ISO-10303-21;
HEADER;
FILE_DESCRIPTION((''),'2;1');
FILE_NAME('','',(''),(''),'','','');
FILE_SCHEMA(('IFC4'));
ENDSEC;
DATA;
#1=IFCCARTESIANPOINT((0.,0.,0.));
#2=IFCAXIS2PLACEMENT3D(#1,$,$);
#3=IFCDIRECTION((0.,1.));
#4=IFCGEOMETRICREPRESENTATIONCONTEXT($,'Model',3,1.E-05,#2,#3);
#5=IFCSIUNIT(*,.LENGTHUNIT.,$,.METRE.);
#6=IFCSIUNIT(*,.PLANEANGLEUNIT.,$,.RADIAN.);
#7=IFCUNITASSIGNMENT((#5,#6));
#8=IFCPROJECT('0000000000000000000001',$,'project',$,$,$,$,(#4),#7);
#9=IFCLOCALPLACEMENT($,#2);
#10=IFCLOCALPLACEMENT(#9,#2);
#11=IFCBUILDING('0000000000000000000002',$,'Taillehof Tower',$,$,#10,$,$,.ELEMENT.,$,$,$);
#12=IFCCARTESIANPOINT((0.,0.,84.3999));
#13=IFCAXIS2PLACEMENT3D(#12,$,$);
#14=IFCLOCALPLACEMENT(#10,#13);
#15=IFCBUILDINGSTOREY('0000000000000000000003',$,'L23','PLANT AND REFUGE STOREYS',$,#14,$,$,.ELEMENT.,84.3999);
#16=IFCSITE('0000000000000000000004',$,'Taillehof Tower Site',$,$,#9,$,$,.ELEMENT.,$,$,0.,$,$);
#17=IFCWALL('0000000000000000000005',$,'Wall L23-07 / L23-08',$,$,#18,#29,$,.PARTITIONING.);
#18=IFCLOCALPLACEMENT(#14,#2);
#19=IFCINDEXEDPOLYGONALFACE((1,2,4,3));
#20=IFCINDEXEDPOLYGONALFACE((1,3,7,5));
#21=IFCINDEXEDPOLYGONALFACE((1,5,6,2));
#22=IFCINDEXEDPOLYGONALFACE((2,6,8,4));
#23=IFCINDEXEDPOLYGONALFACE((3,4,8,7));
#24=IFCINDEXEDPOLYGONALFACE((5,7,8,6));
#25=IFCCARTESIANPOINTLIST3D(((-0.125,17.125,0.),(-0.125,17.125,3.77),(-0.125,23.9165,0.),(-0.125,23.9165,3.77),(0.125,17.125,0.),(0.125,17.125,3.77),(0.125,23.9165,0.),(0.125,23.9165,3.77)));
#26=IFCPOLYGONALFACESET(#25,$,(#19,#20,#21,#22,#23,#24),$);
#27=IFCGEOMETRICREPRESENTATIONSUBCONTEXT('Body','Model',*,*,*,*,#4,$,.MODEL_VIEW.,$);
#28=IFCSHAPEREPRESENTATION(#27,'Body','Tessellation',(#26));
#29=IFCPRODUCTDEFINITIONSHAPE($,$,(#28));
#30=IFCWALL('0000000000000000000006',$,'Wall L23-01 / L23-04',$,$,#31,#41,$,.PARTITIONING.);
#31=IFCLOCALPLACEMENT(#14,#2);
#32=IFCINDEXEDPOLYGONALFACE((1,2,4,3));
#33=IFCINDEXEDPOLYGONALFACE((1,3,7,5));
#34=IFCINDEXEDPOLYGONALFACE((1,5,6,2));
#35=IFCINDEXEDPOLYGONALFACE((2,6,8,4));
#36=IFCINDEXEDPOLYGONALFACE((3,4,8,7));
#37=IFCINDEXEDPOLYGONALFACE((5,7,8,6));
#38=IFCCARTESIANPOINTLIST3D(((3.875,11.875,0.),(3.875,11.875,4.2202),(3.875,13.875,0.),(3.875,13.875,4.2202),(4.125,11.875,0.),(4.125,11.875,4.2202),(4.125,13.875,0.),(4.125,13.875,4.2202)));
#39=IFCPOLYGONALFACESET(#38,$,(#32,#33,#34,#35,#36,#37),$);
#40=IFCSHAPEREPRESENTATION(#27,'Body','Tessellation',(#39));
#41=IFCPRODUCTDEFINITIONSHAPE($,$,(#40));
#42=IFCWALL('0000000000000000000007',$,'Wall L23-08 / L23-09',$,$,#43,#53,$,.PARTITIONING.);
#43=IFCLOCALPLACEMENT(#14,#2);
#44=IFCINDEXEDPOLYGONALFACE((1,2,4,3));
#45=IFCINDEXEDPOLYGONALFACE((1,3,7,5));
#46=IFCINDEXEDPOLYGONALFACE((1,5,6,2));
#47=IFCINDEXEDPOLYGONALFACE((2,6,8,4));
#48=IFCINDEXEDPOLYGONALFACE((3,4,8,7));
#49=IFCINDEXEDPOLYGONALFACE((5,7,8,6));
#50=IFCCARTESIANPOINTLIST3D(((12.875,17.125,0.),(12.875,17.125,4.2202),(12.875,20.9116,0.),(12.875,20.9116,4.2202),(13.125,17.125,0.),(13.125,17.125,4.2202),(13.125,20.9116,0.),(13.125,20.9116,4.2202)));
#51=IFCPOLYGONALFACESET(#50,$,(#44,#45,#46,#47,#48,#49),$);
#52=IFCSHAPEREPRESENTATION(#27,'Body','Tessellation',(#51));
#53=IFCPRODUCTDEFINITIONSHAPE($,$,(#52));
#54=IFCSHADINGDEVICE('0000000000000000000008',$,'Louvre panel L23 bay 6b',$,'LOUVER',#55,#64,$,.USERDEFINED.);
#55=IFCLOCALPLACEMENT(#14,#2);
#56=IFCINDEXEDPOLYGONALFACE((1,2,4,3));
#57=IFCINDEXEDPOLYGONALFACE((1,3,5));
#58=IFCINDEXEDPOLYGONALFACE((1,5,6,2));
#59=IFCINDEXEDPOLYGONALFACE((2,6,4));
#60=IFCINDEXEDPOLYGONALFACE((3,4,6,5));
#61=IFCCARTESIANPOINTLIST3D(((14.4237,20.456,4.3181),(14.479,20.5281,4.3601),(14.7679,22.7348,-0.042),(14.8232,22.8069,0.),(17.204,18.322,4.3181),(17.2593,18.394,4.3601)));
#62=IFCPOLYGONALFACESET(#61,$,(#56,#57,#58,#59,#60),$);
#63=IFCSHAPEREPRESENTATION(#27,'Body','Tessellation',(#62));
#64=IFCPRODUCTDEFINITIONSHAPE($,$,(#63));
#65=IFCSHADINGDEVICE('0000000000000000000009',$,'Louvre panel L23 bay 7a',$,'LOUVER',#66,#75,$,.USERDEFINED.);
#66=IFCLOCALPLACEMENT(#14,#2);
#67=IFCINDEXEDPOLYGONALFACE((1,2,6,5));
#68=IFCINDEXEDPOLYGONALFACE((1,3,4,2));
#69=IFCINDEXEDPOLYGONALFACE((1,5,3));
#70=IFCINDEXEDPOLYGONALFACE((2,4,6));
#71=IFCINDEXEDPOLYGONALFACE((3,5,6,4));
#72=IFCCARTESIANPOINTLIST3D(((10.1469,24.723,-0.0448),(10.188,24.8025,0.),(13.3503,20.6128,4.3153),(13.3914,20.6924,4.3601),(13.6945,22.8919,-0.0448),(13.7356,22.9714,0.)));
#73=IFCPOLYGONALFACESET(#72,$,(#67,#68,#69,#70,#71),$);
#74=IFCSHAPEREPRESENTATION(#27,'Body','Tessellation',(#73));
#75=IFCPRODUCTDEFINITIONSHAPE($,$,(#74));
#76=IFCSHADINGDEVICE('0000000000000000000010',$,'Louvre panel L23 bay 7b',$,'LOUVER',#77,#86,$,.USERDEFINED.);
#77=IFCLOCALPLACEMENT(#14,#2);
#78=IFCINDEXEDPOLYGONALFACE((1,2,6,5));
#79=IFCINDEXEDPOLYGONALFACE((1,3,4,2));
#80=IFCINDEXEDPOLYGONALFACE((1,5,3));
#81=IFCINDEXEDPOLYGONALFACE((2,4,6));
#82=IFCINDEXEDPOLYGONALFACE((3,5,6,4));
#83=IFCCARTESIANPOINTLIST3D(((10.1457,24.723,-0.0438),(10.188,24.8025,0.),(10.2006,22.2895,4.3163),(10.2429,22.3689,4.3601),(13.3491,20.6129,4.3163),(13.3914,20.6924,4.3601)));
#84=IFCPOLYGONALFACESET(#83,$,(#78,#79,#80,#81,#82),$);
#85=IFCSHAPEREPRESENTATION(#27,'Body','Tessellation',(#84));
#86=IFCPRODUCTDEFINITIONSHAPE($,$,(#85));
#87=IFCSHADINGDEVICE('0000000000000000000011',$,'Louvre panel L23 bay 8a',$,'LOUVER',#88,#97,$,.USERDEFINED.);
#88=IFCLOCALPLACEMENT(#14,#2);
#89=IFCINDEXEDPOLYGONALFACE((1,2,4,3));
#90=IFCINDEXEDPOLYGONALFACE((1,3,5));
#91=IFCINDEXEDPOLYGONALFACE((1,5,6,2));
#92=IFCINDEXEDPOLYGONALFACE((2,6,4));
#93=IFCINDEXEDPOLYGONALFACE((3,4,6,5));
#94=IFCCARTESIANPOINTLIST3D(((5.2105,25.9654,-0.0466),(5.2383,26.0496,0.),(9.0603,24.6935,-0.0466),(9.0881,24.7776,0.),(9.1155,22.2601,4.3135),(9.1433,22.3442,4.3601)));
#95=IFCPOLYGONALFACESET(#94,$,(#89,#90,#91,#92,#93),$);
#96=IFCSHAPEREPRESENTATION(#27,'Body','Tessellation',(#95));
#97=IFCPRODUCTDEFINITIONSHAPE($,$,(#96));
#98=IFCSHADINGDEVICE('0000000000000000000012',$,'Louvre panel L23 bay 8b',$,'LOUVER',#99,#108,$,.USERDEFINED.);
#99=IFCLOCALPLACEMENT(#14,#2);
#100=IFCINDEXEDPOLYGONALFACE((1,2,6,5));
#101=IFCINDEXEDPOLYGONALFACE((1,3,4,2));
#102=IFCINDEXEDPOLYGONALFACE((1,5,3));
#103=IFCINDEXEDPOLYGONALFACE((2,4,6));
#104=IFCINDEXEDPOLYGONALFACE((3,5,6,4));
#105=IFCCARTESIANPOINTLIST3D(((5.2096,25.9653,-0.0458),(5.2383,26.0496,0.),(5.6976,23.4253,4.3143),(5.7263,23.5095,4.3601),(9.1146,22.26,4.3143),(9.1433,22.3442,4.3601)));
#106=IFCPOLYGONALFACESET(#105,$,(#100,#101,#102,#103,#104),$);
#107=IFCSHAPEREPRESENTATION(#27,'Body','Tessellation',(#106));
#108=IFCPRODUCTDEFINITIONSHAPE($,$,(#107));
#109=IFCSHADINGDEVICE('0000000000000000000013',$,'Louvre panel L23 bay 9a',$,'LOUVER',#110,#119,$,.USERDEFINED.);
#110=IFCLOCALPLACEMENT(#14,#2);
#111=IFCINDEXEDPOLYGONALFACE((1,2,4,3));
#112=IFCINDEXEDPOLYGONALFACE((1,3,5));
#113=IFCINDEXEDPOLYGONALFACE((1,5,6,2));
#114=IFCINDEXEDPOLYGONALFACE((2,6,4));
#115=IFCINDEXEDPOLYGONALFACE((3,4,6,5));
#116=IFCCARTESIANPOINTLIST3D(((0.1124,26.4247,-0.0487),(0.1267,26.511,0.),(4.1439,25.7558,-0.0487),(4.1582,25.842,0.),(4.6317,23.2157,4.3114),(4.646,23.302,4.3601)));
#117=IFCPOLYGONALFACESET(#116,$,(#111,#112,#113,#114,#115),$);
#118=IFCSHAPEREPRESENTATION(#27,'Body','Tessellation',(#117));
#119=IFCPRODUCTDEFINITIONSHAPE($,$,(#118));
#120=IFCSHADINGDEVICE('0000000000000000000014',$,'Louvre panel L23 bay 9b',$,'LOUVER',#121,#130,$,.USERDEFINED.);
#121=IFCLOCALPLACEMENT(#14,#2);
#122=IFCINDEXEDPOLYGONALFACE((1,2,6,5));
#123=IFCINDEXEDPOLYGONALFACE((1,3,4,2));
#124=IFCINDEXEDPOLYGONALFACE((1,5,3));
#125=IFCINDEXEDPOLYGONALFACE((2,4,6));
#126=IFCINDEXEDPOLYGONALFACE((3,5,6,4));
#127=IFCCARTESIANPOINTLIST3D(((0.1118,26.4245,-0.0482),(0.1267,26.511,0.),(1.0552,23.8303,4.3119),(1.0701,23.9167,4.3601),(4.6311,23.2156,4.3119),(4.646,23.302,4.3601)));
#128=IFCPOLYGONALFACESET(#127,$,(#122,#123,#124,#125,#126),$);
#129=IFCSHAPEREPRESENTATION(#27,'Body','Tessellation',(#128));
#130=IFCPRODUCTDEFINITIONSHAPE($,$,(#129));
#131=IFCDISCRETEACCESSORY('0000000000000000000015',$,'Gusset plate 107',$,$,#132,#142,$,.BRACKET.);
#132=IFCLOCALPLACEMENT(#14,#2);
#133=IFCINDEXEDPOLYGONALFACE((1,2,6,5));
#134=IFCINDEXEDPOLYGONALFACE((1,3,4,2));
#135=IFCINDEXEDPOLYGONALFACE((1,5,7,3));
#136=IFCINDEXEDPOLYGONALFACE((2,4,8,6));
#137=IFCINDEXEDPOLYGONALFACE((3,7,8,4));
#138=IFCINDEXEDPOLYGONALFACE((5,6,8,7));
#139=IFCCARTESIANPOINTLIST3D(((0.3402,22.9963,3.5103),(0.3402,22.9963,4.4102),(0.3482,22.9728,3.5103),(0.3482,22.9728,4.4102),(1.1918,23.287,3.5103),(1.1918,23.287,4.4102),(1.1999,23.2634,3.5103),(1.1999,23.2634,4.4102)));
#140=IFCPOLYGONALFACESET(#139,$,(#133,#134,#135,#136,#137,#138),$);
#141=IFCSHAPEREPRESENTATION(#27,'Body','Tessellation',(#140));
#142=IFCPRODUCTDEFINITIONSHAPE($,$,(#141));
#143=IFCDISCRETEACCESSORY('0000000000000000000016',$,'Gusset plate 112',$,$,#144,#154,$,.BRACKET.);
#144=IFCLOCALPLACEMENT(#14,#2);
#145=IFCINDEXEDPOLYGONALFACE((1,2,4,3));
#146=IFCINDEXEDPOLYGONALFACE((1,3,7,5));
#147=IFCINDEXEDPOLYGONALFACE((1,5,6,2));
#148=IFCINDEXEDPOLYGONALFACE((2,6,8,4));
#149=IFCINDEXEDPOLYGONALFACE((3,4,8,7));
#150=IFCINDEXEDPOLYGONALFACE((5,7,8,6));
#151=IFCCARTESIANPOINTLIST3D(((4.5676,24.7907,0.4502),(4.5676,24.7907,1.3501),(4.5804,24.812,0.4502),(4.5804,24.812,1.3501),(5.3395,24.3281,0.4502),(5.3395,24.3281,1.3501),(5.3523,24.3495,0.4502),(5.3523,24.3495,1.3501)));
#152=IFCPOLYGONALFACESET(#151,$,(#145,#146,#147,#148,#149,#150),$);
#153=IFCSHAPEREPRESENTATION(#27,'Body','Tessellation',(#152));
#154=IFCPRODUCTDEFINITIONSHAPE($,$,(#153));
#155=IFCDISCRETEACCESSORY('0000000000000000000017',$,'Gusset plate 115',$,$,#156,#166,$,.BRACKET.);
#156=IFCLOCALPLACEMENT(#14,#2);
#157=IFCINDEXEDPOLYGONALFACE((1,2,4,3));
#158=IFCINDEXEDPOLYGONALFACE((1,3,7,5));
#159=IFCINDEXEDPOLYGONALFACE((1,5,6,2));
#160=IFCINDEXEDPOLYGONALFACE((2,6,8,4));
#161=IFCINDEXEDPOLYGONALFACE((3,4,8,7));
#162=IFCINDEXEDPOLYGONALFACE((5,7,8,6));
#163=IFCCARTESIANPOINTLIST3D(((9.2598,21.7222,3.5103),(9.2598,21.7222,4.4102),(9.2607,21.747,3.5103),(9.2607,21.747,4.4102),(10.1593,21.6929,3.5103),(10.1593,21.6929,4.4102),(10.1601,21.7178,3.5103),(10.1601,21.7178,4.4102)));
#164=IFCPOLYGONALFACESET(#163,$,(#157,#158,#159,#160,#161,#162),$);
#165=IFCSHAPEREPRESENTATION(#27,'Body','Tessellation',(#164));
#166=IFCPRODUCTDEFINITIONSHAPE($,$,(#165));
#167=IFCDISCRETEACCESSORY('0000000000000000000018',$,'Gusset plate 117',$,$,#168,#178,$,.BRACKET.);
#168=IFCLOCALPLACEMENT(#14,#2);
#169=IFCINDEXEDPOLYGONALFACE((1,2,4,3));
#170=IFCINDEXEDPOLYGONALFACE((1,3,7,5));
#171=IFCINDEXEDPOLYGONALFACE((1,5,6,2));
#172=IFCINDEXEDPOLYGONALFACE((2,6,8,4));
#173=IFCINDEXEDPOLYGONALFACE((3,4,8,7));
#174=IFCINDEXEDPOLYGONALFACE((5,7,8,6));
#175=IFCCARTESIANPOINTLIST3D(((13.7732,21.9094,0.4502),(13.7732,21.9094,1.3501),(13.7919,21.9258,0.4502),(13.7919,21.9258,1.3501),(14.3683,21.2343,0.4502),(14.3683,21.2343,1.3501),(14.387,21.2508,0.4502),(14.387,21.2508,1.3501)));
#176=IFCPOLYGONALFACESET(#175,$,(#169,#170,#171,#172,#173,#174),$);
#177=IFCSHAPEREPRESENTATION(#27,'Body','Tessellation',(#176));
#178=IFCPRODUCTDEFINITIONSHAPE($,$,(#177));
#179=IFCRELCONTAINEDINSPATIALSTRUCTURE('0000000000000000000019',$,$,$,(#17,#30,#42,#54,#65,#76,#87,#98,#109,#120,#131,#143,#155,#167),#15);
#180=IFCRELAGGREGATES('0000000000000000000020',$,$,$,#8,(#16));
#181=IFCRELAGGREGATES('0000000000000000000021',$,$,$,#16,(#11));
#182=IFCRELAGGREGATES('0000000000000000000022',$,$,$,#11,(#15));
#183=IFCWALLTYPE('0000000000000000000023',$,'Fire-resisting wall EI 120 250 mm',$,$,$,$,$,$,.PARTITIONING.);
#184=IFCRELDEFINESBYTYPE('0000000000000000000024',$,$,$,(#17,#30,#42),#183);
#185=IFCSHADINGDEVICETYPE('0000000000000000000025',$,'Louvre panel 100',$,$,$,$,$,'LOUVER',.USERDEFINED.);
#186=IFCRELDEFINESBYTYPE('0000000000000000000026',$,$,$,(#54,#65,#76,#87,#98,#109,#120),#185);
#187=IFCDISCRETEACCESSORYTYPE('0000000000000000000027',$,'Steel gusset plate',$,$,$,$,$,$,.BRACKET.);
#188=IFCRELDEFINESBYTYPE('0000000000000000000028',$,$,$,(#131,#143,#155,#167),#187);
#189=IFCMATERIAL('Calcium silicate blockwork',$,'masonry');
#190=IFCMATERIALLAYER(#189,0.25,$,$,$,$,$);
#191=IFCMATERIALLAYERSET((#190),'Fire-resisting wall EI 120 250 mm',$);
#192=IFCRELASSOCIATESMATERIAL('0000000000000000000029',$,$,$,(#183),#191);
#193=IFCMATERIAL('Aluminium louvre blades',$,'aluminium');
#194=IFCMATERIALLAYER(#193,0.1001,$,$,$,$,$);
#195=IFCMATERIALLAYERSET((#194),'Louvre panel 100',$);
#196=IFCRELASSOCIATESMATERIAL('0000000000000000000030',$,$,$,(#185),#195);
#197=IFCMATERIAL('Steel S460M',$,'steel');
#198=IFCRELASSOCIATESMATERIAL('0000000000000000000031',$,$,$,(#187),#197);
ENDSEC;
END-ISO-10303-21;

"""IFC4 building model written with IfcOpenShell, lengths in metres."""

from ifc_helpers import new_model, si_unit, direction, frame, frame_2d, origin, origin_2d, place, context, subcontext, project, spatial, polyline, rectangle, outline, extrude, material, layer, layer_set, type_object, element, save


model = new_model("IFC4")

# Units and contexts
model_context = context("Model", 3, precision=1e-05, world=origin(), true_north=direction((0.0, 1.0)))
body_context = subcontext(model_context, "Body", "Model", "MODEL_VIEW")
ifc_project = project(units=[si_unit("LENGTHUNIT", "METRE"), si_unit("PLANEANGLEUNIT", "RADIAN")], contexts=[model_context])

# Site, building, storey
site_placement = place(None, origin())
site = spatial("IfcSite", under=ifc_project, at=site_placement, Name="Taillehof Tower Site", CompositionType="ELEMENT", RefElevation=0.0)
building_placement = place(site_placement, origin())
building = spatial("IfcBuilding", under=site, at=building_placement, Name="Taillehof Tower", CompositionType="ELEMENT")
storey_placement = place(building_placement, frame((0.0, 0.0, 84.3999)))
storey = spatial("IfcBuildingStorey", under=building, at=storey_placement, Name="L23", Description="PLANT AND REFUGE STOREYS", CompositionType="ELEMENT", Elevation=84.3999)

# Walls
ifc_material_1 = material(Name="Calcium silicate blockwork", Category="masonry")
ifc_layer_1 = layer(ifc_material_1, 0.25)
ifc_layer_set_1 = layer_set([ifc_layer_1], Name="Fire-resisting wall EI 120 250 mm")
wall_type = type_object("IfcWallType", Name="Fire-resisting wall EI 120 250 mm", PredefinedType="PARTITIONING", material=ifc_layer_set_1)
wall_1_placement = place(storey_placement, frame((0.0, 17.125, 0.0), z_axis=(0.0, 0.0, 1.0), x_axis=(0.0, 1.0, 0.0)))
element("IfcWall", 1, at=wall_1_placement, inside=storey, type_object=wall_type, Name="Wall L23-07 / L23-08", PredefinedType="PARTITIONING", context=body_context, shape_type="SweptSolid", body=[
    extrude(rectangle(XDim=6.7915, YDim=0.25, at=frame_2d((3.3958, 0.0))), origin(), (0.0, 0.0, 1.0), 3.77),
])
wall_2_placement = place(storey_placement, frame((4.0, 11.875, 0.0), z_axis=(0.0, 0.0, 1.0), x_axis=(0.0, 1.0, 0.0)))
element("IfcWall", 2, at=wall_2_placement, inside=storey, type_object=wall_type, Name="Wall L23-01 / L23-04", PredefinedType="PARTITIONING", context=body_context, shape_type="SweptSolid", body=[
    extrude(rectangle(XDim=2.0, YDim=0.25, at=frame_2d((1.0, 0.0))), origin(), (0.0, 0.0, 1.0), 4.2202),
])
wall_3_placement = place(storey_placement, frame((13.0, 17.125, 0.0), z_axis=(0.0, 0.0, 1.0), x_axis=(0.0, 1.0, 0.0)))
element("IfcWall", 3, at=wall_3_placement, inside=storey, type_object=wall_type, Name="Wall L23-08 / L23-09", PredefinedType="PARTITIONING", context=body_context, shape_type="SweptSolid", body=[
    extrude(rectangle(XDim=3.7866, YDim=0.25, at=frame_2d((1.8933, 0.0))), origin(), (0.0, 0.0, 1.0), 4.2202),
])

# Shading devices
ifc_material_2 = material(Name="Aluminium louvre blades", Category="aluminium")
ifc_layer_2 = layer(ifc_material_2, 0.1001)
ifc_layer_set_2 = layer_set([ifc_layer_2], Name="Louvre panel 100")
shading_device_type = type_object("IfcShadingDeviceType", Name="Louvre panel 100", ElementType="LOUVER", PredefinedType="USERDEFINED", material=ifc_layer_set_2)
shading_device_1_placement = place(storey_placement, frame((14.8232, 22.8069, 0.0), z_axis=(0.552599, 0.71994, 0.419905), x_axis=(-0.069801, -0.46207, 0.884092)))
element("IfcShadingDevice", 4, at=shading_device_1_placement, inside=storey, type_object=shading_device_type, Name="Louvre panel L23 bay 6b", ObjectType="LOUVER", PredefinedType="USERDEFINED", context=body_context, shape_type="SweptSolid", body=[
    extrude(outline(polyline([(0.0, 0.0), (4.9317, 0.0), (5.7237, 3.4142), (0.0, 0.0)])), origin(), (0.0, 0.0, -1.0), 0.1001),
])
shading_device_2_placement = place(storey_placement, frame((13.7356, 22.9714, 0.0), z_axis=(0.410114, 0.794582, 0.447712), x_axis=(-0.888617, 0.458649, 0.0)))
element("IfcShadingDevice", 5, at=shading_device_2_placement, inside=storey, type_object=shading_device_type, Name="Louvre panel L23 bay 7a", ObjectType="LOUVER", PredefinedType="USERDEFINED", context=body_context, shape_type="SweptSolid", body=[
    extrude(outline(polyline([(0.0, 0.0), (3.9923, 0.0), (-0.7394, 4.8761), (0.0, 0.0)])), origin(), (0.0, 0.0, -1.0), 0.1001),
])
shading_device_3_placement = place(storey_placement, frame((10.188, 24.8025, 0.0), z_axis=(0.422607, 0.793642, 0.437647), x_axis=(0.011, -0.487344, 0.873141)))
element("IfcShadingDevice", 6, at=shading_device_3_placement, inside=storey, type_object=shading_device_type, Name="Louvre panel L23 bay 7b", ObjectType="LOUVER", PredefinedType="USERDEFINED", context=body_context, shape_type="SweptSolid", body=[
    extrude(outline(polyline([(0.0, 0.0), (4.9936, 0.0), (5.8453, 3.4638), (0.0, 0.0)])), origin(), (0.0, 0.0, -1.0), 0.1001),
])
shading_device_4_placement = place(storey_placement, frame((9.0881, 24.7776, 0.0), z_axis=(0.277655, 0.840372, 0.465493), x_axis=(-0.949517, 0.313716, 0.0)))
element("IfcShadingDevice", 7, at=shading_device_4_placement, inside=storey, type_object=shading_device_type, Name="Louvre panel L23 bay 8a", ObjectType="LOUVER", PredefinedType="USERDEFINED", context=body_context, shape_type="SweptSolid", body=[
    extrude(outline(polyline([(0.0, 0.0), (4.0545, 0.0), (-0.8158, 4.9264), (0.0, 0.0)])), origin(), (0.0, 0.0, -1.0), 0.1001),
])
shading_device_5_placement = place(storey_placement, frame((5.2383, 26.0496, 0.0), z_axis=(0.286925, 0.841358, 0.458028), x_axis=(0.096268, -0.501037, 0.860055)))
element("IfcShadingDevice", 8, at=shading_device_5_placement, inside=storey, type_object=shading_device_type, Name="Louvre panel L23 bay 8b", ObjectType="LOUVER", PredefinedType="USERDEFINED", context=body_context, shape_type="SweptSolid", body=[
    extrude(outline(polyline([(0.0, 0.0), (5.0696, 0.0), (5.9824, 3.4929), (0.0, 0.0)])), origin(), (0.0, 0.0, -1.0), 0.1001),
])
shading_device_6_placement = place(storey_placement, frame((4.1582, 25.842, 0.0), z_axis=(0.143041, 0.86206, 0.486202), x_axis=(-0.986512, 0.163692, 0.0)))
element("IfcShadingDevice", 9, at=shading_device_6_placement, inside=storey, type_object=shading_device_type, Name="Louvre panel L23 bay 9a", ObjectType="LOUVER", PredefinedType="USERDEFINED", context=body_context, shape_type="SweptSolid", body=[
    extrude(outline(polyline([(0.0, 0.0), (4.0866, 0.0), (-0.897, 4.9896), (0.0, 0.0)])), origin(), (0.0, 0.0, -1.0), 0.1001),
])
shading_device_7_placement = place(storey_placement, frame((0.1267, 26.511, 0.0), z_axis=(0.148471, 0.863645, 0.48174), x_axis=(0.182805, -0.502713, 0.844904)))
element("IfcShadingDevice", 10, at=shading_device_7_placement, inside=storey, type_object=shading_device_type, Name="Louvre panel L23 bay 9b", ObjectType="LOUVER", PredefinedType="USERDEFINED", context=body_context, shape_type="SweptSolid", body=[
    extrude(outline(polyline([(0.0, 0.0), (5.1605, 0.0), (6.1232, 3.4983), (0.0, 0.0)])), origin(), (0.0, 0.0, -1.0), 0.1001),
])

# Discrete accessories
ifc_material_3 = material(Name="Steel S460M", Category="steel")
discrete_accessory_type = type_object("IfcDiscreteAccessoryType", Name="Steel gusset plate", PredefinedType="BRACKET", material=ifc_material_3)
for number, where, z_axis, x_axis, name in (
    (11, (0.77, 23.1299, 3.5103), (0.0, 0.0, 1.0), (-0.946408, -0.322973, 0.0), "Gusset plate 107"),
    (12, (4.96, 24.5701, 0.4502), (0.0, 0.0, 1.0), (-0.857775, 0.514025, 0.0), "Gusset plate 112"),
    (13, (9.71, 21.72, 3.5103), (0.0, 0.0, 1.0), (-0.999472, 0.032505, 0.0), "Gusset plate 115"),
    (14, (14.0801, 21.5801, 0.4502), (0.0, 0.0, 1.0), (-0.661312, 0.750111, 0.0), "Gusset plate 117"),
):
    element("IfcDiscreteAccessory", number, at=place(storey_placement, frame(where, z_axis=z_axis, x_axis=x_axis)), inside=storey, type_object=discrete_accessory_type, Name=name, PredefinedType="BRACKET", context=body_context, shape_type="SweptSolid", body=[
        extrude(rectangle(XDim=0.8999, YDim=0.0249, at=origin_2d()), origin(), (0.0, 0.0, 1.0), 0.8999),
    ])

save(model, "model.ifc")
